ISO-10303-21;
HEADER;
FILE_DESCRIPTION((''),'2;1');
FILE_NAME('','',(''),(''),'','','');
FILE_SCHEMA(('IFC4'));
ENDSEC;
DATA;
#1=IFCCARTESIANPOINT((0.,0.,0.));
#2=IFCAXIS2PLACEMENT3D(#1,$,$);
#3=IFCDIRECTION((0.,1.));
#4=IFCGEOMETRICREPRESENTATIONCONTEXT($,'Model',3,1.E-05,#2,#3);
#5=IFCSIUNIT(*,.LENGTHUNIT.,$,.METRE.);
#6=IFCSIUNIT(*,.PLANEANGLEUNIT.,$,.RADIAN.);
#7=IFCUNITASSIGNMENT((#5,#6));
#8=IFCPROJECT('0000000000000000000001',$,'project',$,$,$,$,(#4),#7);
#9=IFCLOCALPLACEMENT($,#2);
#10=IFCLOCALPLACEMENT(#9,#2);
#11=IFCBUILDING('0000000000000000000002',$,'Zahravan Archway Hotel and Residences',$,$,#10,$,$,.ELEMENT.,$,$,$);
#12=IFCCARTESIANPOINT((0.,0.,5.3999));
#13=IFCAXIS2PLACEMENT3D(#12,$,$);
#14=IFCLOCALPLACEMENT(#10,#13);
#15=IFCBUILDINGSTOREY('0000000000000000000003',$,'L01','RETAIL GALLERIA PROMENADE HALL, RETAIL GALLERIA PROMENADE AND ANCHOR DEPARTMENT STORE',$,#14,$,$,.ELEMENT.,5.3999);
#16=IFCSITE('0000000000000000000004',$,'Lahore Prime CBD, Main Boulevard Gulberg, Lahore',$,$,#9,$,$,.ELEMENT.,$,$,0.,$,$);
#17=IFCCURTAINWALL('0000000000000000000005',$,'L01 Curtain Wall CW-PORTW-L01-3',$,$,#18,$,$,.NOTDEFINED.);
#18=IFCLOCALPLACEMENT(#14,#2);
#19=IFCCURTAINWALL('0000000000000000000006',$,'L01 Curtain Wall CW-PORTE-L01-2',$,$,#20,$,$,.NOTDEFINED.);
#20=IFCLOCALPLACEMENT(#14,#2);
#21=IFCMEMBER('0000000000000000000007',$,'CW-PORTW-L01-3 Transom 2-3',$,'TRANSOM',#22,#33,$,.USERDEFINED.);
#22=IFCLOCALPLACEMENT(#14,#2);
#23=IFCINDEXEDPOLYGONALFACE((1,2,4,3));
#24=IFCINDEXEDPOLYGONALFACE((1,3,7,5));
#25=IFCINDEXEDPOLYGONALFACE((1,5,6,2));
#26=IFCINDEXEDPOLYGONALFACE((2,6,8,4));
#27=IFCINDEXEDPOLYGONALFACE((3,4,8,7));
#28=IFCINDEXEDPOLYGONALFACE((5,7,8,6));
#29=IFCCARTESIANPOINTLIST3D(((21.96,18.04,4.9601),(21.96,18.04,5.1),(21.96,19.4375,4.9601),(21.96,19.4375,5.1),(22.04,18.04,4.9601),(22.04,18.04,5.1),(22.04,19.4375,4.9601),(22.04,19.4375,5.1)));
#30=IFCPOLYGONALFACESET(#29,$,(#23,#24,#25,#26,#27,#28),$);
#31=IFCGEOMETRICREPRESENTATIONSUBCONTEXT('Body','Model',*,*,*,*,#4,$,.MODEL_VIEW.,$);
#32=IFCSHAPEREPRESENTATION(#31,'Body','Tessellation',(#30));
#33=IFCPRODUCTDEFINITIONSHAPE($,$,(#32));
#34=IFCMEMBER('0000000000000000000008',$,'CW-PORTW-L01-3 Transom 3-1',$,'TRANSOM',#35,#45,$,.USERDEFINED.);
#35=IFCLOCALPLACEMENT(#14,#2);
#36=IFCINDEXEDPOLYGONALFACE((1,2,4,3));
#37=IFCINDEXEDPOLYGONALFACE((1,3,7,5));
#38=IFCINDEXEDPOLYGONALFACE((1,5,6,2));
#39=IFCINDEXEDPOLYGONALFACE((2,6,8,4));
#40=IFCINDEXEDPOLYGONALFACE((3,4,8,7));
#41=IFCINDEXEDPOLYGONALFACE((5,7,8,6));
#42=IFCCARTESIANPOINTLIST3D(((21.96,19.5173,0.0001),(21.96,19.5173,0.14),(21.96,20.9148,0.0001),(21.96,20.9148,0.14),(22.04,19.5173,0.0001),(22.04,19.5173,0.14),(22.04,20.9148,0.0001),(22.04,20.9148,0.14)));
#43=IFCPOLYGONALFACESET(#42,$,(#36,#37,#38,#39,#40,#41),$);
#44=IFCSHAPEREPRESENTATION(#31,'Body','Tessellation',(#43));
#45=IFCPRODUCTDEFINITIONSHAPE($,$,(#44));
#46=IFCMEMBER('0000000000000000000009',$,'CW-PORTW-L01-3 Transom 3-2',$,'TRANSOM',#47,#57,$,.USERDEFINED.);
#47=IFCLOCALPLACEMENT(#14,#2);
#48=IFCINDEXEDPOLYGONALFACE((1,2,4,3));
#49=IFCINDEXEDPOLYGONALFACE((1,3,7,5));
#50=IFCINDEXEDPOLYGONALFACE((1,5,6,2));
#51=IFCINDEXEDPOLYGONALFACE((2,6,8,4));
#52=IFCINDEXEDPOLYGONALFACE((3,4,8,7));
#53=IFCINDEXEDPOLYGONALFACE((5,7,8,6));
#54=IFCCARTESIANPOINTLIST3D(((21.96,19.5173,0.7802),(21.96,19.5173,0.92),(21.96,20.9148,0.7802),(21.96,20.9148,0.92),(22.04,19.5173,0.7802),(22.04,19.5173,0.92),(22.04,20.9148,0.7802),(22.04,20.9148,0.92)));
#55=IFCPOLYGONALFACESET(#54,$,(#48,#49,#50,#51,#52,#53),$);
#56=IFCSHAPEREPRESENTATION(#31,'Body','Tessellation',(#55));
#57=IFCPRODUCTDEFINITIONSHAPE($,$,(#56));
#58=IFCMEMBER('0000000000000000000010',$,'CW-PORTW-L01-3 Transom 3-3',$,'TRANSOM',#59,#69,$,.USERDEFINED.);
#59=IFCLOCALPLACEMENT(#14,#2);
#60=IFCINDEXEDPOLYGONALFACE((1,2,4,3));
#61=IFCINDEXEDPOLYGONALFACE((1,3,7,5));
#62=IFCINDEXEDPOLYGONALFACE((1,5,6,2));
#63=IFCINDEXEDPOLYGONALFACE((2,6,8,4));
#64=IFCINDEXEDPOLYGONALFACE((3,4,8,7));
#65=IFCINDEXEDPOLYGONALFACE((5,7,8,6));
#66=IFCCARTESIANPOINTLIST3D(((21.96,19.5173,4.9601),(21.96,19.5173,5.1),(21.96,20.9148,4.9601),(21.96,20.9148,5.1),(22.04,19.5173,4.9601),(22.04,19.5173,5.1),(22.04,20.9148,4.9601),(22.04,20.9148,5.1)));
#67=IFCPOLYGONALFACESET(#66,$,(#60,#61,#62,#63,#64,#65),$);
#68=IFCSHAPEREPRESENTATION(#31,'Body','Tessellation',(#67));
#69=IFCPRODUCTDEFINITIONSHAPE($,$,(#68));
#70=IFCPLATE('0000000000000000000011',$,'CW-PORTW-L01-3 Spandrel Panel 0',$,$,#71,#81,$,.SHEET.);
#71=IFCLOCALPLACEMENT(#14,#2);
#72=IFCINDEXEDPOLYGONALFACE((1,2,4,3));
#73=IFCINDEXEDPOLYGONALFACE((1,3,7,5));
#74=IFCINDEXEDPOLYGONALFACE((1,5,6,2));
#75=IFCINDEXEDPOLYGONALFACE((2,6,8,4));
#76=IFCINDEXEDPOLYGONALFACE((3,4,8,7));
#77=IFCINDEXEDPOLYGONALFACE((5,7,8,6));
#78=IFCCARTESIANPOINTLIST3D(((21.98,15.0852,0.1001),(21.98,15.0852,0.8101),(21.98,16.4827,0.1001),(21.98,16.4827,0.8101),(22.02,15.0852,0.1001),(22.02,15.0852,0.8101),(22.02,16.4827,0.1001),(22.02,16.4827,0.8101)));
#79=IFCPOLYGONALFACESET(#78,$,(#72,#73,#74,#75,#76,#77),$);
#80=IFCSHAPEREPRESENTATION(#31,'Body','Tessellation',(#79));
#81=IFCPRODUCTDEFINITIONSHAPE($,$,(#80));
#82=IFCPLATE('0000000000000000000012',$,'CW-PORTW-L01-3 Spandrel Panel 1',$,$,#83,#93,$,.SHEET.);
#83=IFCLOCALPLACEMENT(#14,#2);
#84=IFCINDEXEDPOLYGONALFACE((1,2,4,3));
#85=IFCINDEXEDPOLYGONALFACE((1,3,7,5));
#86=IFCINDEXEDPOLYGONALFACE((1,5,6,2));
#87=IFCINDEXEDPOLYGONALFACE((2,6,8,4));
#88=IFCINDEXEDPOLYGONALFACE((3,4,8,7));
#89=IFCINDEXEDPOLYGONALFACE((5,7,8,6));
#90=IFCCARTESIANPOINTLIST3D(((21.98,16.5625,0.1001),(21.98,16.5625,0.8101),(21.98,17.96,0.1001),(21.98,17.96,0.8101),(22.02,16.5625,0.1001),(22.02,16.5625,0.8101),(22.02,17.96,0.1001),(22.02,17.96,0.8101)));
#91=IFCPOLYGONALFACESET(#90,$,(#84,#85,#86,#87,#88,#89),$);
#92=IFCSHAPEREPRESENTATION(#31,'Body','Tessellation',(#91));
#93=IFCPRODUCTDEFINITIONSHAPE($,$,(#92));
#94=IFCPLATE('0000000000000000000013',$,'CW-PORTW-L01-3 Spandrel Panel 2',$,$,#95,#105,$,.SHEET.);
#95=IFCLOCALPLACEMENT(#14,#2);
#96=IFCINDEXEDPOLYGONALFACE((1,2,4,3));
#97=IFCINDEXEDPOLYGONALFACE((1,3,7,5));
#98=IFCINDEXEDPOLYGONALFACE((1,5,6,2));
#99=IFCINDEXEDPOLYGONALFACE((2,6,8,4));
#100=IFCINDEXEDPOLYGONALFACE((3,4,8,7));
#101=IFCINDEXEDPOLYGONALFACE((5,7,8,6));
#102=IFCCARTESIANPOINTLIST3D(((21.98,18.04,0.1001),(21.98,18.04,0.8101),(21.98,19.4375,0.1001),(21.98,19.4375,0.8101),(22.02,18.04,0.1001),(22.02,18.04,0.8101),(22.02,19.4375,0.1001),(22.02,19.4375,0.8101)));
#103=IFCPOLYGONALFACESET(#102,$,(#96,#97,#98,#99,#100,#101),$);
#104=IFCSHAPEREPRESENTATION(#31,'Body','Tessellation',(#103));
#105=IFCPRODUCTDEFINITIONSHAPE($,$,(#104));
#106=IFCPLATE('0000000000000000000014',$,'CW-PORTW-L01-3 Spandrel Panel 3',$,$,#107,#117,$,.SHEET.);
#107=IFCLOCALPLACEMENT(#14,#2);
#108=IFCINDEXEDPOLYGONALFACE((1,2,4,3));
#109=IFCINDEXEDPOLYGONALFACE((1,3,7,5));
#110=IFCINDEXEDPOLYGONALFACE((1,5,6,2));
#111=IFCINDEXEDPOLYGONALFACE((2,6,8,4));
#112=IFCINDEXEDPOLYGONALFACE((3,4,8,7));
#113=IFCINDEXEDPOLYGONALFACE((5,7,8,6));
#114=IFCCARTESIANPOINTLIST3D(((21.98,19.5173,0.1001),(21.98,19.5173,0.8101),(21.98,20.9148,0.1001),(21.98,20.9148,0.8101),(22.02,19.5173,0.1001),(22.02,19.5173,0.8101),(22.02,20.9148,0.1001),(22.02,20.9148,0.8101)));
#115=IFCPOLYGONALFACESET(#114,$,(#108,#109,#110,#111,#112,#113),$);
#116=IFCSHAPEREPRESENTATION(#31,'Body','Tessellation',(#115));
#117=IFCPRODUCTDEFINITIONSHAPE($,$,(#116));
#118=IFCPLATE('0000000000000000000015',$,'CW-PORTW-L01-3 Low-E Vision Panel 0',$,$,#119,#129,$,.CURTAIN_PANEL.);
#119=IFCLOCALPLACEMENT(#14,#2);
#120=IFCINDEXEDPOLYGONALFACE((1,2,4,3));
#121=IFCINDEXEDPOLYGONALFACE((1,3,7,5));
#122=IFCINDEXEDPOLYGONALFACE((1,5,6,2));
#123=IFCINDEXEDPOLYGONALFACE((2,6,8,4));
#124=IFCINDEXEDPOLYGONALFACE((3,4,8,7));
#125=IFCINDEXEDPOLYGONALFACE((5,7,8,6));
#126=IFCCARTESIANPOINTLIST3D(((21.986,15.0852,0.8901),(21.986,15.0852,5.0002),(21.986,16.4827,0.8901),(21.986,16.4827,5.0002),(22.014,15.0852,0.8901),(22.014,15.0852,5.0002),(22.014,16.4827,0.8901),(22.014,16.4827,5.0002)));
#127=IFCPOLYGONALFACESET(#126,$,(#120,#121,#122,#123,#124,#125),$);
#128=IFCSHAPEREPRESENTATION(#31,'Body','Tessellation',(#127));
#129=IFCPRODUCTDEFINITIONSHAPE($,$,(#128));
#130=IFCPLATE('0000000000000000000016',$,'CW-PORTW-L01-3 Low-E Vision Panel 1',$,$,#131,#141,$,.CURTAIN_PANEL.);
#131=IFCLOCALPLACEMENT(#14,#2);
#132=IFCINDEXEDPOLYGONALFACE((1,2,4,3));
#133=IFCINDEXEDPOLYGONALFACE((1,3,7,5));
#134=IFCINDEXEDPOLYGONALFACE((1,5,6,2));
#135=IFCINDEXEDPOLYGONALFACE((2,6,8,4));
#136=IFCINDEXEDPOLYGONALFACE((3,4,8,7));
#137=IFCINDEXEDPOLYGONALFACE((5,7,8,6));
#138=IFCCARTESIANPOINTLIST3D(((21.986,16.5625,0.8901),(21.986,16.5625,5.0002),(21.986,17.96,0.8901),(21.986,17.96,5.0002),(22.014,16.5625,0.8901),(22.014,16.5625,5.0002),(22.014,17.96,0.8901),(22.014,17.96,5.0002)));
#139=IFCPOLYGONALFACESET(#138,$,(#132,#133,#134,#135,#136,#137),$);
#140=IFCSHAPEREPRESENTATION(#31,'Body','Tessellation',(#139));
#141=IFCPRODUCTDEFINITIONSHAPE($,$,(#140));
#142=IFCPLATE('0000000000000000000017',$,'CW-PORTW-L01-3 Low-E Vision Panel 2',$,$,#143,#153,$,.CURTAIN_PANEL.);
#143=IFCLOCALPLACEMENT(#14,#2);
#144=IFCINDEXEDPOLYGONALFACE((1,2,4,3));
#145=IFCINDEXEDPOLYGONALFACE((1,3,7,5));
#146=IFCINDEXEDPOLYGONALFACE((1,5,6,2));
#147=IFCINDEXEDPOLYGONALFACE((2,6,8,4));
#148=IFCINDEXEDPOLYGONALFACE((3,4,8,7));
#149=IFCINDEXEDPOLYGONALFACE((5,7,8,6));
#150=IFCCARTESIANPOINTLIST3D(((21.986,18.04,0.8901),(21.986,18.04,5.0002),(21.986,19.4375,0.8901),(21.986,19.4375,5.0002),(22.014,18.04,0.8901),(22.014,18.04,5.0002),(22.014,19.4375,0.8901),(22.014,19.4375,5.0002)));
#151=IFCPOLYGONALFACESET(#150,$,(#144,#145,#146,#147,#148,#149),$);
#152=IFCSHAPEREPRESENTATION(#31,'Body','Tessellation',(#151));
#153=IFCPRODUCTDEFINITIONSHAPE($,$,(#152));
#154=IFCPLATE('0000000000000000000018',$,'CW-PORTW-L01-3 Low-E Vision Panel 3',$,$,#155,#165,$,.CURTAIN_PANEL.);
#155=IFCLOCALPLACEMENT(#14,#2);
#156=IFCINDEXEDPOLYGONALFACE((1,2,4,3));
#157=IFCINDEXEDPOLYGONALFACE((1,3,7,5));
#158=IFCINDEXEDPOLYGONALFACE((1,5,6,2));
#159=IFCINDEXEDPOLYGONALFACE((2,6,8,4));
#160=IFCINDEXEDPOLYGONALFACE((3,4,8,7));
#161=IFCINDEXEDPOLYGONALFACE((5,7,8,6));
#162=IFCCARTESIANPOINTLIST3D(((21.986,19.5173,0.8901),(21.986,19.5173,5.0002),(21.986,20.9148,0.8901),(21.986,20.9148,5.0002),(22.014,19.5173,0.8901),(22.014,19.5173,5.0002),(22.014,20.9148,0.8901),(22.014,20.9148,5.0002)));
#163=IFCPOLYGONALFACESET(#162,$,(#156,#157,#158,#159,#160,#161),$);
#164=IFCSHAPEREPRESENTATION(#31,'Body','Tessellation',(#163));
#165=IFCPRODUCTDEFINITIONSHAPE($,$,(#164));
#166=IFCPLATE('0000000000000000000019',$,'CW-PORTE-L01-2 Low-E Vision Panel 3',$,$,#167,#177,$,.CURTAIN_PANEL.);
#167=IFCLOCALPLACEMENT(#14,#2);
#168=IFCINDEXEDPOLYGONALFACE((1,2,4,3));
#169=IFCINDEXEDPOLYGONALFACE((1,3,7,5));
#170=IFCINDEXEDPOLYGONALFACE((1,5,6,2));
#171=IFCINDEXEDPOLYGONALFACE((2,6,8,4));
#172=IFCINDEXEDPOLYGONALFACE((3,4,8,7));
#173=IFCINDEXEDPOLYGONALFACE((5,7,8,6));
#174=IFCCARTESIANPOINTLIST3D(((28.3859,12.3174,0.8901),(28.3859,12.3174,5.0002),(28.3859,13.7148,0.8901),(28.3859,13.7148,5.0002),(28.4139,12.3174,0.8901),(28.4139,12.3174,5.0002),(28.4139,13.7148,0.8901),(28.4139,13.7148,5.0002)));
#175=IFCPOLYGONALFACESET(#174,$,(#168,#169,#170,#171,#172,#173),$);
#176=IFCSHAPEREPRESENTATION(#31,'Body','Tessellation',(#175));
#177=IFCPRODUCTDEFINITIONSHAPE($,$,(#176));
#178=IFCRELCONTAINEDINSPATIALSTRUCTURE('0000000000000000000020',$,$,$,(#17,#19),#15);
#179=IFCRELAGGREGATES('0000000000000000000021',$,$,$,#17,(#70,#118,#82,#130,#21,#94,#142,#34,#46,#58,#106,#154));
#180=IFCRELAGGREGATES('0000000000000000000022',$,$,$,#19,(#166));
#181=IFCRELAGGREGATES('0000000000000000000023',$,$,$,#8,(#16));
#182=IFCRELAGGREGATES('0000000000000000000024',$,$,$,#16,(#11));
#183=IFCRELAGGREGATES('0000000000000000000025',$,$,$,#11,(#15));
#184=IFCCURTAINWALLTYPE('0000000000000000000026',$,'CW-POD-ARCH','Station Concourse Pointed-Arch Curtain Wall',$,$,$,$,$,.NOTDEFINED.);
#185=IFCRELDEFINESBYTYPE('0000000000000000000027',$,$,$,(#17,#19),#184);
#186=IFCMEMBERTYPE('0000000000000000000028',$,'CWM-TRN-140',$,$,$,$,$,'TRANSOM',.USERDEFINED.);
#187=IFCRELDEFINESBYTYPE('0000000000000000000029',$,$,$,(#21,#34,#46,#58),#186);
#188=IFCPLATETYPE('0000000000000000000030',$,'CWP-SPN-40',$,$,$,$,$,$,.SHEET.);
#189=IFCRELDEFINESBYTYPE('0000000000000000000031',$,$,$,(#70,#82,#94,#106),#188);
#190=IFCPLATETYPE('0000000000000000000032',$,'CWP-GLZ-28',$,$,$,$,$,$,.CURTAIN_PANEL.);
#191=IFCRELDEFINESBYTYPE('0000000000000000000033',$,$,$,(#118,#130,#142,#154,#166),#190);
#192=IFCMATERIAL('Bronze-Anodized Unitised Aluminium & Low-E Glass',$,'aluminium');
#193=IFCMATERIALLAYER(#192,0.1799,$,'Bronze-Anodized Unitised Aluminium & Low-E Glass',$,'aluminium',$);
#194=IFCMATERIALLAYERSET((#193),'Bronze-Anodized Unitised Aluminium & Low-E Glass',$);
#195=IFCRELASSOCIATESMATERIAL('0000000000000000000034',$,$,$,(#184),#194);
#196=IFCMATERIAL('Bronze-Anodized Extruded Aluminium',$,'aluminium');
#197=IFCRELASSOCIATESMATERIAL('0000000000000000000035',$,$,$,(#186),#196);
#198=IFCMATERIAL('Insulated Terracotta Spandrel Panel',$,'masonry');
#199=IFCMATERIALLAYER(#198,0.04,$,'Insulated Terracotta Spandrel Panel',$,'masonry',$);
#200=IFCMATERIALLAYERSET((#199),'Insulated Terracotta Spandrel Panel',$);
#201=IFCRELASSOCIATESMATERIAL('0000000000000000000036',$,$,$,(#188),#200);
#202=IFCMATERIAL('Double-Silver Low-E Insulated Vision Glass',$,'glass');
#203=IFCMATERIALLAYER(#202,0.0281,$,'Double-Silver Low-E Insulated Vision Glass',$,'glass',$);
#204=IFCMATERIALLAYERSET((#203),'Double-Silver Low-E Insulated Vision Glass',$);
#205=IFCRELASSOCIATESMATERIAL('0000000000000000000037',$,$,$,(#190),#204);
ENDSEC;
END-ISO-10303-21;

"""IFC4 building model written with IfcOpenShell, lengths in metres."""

from ifc_helpers import new_model, si_unit, direction, frame, origin, origin_2d, place, context, subcontext, project, spatial, rectangle, extrude, source, transform, mapped, material, layer, layer_set, material_profile, profile_set, type_object, element, aggregate, save


model = new_model("IFC4")

# Units and contexts
model_context = context("Model", 3, precision=1e-05, world=origin(), true_north=direction((0.0, 1.0)))
body_context = subcontext(model_context, "Body", "Model", "MODEL_VIEW")
ifc_project = project(units=[si_unit("LENGTHUNIT", "METRE"), si_unit("PLANEANGLEUNIT", "RADIAN")], contexts=[model_context])

# Site, building, storey
site_placement = place(None, origin())
site = spatial("IfcSite", under=ifc_project, at=site_placement, Name="Lahore Prime CBD, Main Boulevard Gulberg, Lahore", CompositionType="ELEMENT", RefElevation=0.0)
building_placement = place(site_placement, origin())
building = spatial("IfcBuilding", under=site, at=building_placement, Name="Zahravan Archway Hotel and Residences", CompositionType="ELEMENT")
storey_placement = place(building_placement, frame((0.0, 0.0, 5.3999)))
storey = spatial("IfcBuildingStorey", under=building, at=storey_placement, Name="L01", Description="RETAIL GALLERIA PROMENADE HALL, RETAIL GALLERIA PROMENADE AND ANCHOR DEPARTMENT STORE", CompositionType="ELEMENT", Elevation=5.3999)

# Shared definitions
ifc_material_1 = material(Name="Bronze-Anodized Unitised Aluminium & Low-E Glass", Category="aluminium")
ifc_layer_1 = layer(ifc_material_1, 0.1799, Name="Bronze-Anodized Unitised Aluminium & Low-E Glass", Category="aluminium")
ifc_layer_set_1 = layer_set([ifc_layer_1], Name="Bronze-Anodized Unitised Aluminium & Low-E Glass")
curtain_wall_type = type_object("IfcCurtainWallType", Name="CW-POD-ARCH", Description="Station Concourse Pointed-Arch Curtain Wall", PredefinedType="NOTDEFINED", material=ifc_layer_set_1)
ifc_material_2 = material(Name="Bronze-Anodized Extruded Aluminium", Category="aluminium")

# Curtain wall
curtain_wall_1_placement = place(storey_placement, origin())
curtain_wall_1 = element("IfcCurtainWall", 1, at=curtain_wall_1_placement, inside=storey, type_object=curtain_wall_type, Name="L01 Curtain Wall CW-PORTW-L01-3", PredefinedType="NOTDEFINED")

# Curtain wall
curtain_wall_2_placement = place(storey_placement, origin())
curtain_wall_2 = element("IfcCurtainWall", 2, at=curtain_wall_2_placement, inside=storey, type_object=curtain_wall_type, Name="L01 Curtain Wall CW-PORTE-L01-2", PredefinedType="NOTDEFINED")

# Members
ifc_material_profile_1 = material_profile(ifc_material_2, rectangle(XDim=0.0801, YDim=0.1399, at=origin_2d()), Name="TRN 80x140", Category="aluminium")
ifc_profile_set_1 = profile_set([ifc_material_profile_1], Name="Bronze-Anodized Extruded Aluminium")
member_type_1 = type_object("IfcMemberType", Name="CWM-TRN-140", ElementType="TRANSOM", PredefinedType="USERDEFINED", material=ifc_profile_set_1)
shared_shape_1 = source(origin(), body_context, "Body", "SweptSolid", [
    extrude(rectangle(XDim=0.0801, YDim=0.1399, at=origin_2d()), origin(), (0.0, 0.0, 1.0), 1.3975),
])
member_1_placement = place(storey_placement, frame((22.0, 18.04, 5.03), z_axis=(0.0, 1.0, 0.0), x_axis=(-1.0, 0.0, 0.0)))
member_1 = element("IfcMember", 3, at=member_1_placement, type_object=member_type_1, Name="CW-PORTW-L01-3 Transom 2-3", ObjectType="TRANSOM", PredefinedType="USERDEFINED", context=body_context, shape_type="MappedRepresentation", body=[
    mapped(shared_shape_1, transform((0.0, 0.0, 0.0), scale=1.0)),
])
member_2_placement = place(storey_placement, frame((22.0, 19.5173, 0.0701), z_axis=(0.0, 1.0, 0.0), x_axis=(-1.0, 0.0, 0.0)))
member_2 = element("IfcMember", 4, at=member_2_placement, type_object=member_type_1, Name="CW-PORTW-L01-3 Transom 3-1", ObjectType="TRANSOM", PredefinedType="USERDEFINED", context=body_context, shape_type="MappedRepresentation", body=[
    mapped(shared_shape_1, transform((0.0, 0.0, 0.0), scale=1.0)),
])
member_3_placement = place(storey_placement, frame((22.0, 19.5173, 0.8501), z_axis=(0.0, 1.0, 0.0), x_axis=(-1.0, 0.0, 0.0)))
member_3 = element("IfcMember", 5, at=member_3_placement, type_object=member_type_1, Name="CW-PORTW-L01-3 Transom 3-2", ObjectType="TRANSOM", PredefinedType="USERDEFINED", context=body_context, shape_type="MappedRepresentation", body=[
    mapped(shared_shape_1, transform((0.0, 0.0, 0.0), scale=1.0)),
])
member_4_placement = place(storey_placement, frame((22.0, 19.5173, 5.03), z_axis=(0.0, 1.0, 0.0), x_axis=(-1.0, 0.0, 0.0)))
member_4 = element("IfcMember", 6, at=member_4_placement, type_object=member_type_1, Name="CW-PORTW-L01-3 Transom 3-3", ObjectType="TRANSOM", PredefinedType="USERDEFINED", context=body_context, shape_type="MappedRepresentation", body=[
    mapped(shared_shape_1, transform((0.0, 0.0, 0.0), scale=1.0)),
])

# Plates
ifc_material_3 = material(Name="Insulated Terracotta Spandrel Panel", Category="masonry")
ifc_layer_2 = layer(ifc_material_3, 0.04, Name="Insulated Terracotta Spandrel Panel", Category="masonry")
ifc_layer_set_2 = layer_set([ifc_layer_2], Name="Insulated Terracotta Spandrel Panel")
plate_type_1 = type_object("IfcPlateType", Name="CWP-SPN-40", PredefinedType="SHEET", material=ifc_layer_set_2)
shared_shape_2 = source(origin(), body_context, "Body", "SweptSolid", [
    extrude(rectangle(XDim=1.3975, YDim=0.04, at=origin_2d()), origin(), (0.0, 0.0, 1.0), 0.71),
])
plate_1_placement = place(storey_placement, frame((22.0, 15.7839, 0.1001), z_axis=(0.0, 0.0, 1.0), x_axis=(0.0, 1.0, 0.0)))
plate_1 = element("IfcPlate", 7, at=plate_1_placement, type_object=plate_type_1, Name="CW-PORTW-L01-3 Spandrel Panel 0", PredefinedType="SHEET", context=body_context, shape_type="MappedRepresentation", body=[
    mapped(shared_shape_2, transform((0.0, 0.0, 0.0), scale=1.0)),
])
plate_2_placement = place(storey_placement, frame((22.0, 17.2612, 0.1001), z_axis=(0.0, 0.0, 1.0), x_axis=(0.0, 1.0, 0.0)))
plate_2 = element("IfcPlate", 8, at=plate_2_placement, type_object=plate_type_1, Name="CW-PORTW-L01-3 Spandrel Panel 1", PredefinedType="SHEET", context=body_context, shape_type="MappedRepresentation", body=[
    mapped(shared_shape_2, transform((0.0, 0.0, 0.0), scale=1.0)),
])
plate_3_placement = place(storey_placement, frame((22.0, 18.7388, 0.1001), z_axis=(0.0, 0.0, 1.0), x_axis=(0.0, 1.0, 0.0)))
plate_3 = element("IfcPlate", 9, at=plate_3_placement, type_object=plate_type_1, Name="CW-PORTW-L01-3 Spandrel Panel 2", PredefinedType="SHEET", context=body_context, shape_type="MappedRepresentation", body=[
    mapped(shared_shape_2, transform((0.0, 0.0, 0.0), scale=1.0)),
])
plate_4_placement = place(storey_placement, frame((22.0, 20.2161, 0.1001), z_axis=(0.0, 0.0, 1.0), x_axis=(0.0, 1.0, 0.0)))
plate_4 = element("IfcPlate", 10, at=plate_4_placement, type_object=plate_type_1, Name="CW-PORTW-L01-3 Spandrel Panel 3", PredefinedType="SHEET", context=body_context, shape_type="MappedRepresentation", body=[
    mapped(shared_shape_2, transform((0.0, 0.0, 0.0), scale=1.0)),
])
ifc_material_4 = material(Name="Double-Silver Low-E Insulated Vision Glass", Category="glass")
ifc_layer_3 = layer(ifc_material_4, 0.0281, Name="Double-Silver Low-E Insulated Vision Glass", Category="glass")
ifc_layer_set_3 = layer_set([ifc_layer_3], Name="Double-Silver Low-E Insulated Vision Glass")
plate_type_2 = type_object("IfcPlateType", Name="CWP-GLZ-28", PredefinedType="CURTAIN_PANEL", material=ifc_layer_set_3)
shared_shape_3 = source(origin(), body_context, "Body", "SweptSolid", [
    extrude(rectangle(XDim=1.3975, YDim=0.0281, at=origin_2d()), origin(), (0.0, 0.0, 1.0), 4.1101),
])
plate_5_placement = place(storey_placement, frame((22.0, 15.7839, 0.8901), z_axis=(0.0, 0.0, 1.0), x_axis=(0.0, 1.0, 0.0)))
plate_5 = element("IfcPlate", 11, at=plate_5_placement, type_object=plate_type_2, Name="CW-PORTW-L01-3 Low-E Vision Panel 0", PredefinedType="CURTAIN_PANEL", context=body_context, shape_type="MappedRepresentation", body=[
    mapped(shared_shape_3, transform((0.0, 0.0, 0.0), scale=1.0)),
])
plate_6_placement = place(storey_placement, frame((22.0, 17.2612, 0.8901), z_axis=(0.0, 0.0, 1.0), x_axis=(0.0, 1.0, 0.0)))
plate_6 = element("IfcPlate", 12, at=plate_6_placement, type_object=plate_type_2, Name="CW-PORTW-L01-3 Low-E Vision Panel 1", PredefinedType="CURTAIN_PANEL", context=body_context, shape_type="MappedRepresentation", body=[
    mapped(shared_shape_3, transform((0.0, 0.0, 0.0), scale=1.0)),
])
plate_7_placement = place(storey_placement, frame((22.0, 18.7388, 0.8901), z_axis=(0.0, 0.0, 1.0), x_axis=(0.0, 1.0, 0.0)))
plate_7 = element("IfcPlate", 13, at=plate_7_placement, type_object=plate_type_2, Name="CW-PORTW-L01-3 Low-E Vision Panel 2", PredefinedType="CURTAIN_PANEL", context=body_context, shape_type="MappedRepresentation", body=[
    mapped(shared_shape_3, transform((0.0, 0.0, 0.0), scale=1.0)),
])
plate_8_placement = place(storey_placement, frame((22.0, 20.2161, 0.8901), z_axis=(0.0, 0.0, 1.0), x_axis=(0.0, 1.0, 0.0)))
plate_8 = element("IfcPlate", 14, at=plate_8_placement, type_object=plate_type_2, Name="CW-PORTW-L01-3 Low-E Vision Panel 3", PredefinedType="CURTAIN_PANEL", context=body_context, shape_type="MappedRepresentation", body=[
    mapped(shared_shape_3, transform((0.0, 0.0, 0.0), scale=1.0)),
])
aggregate(curtain_wall_1, [plate_1, plate_5, plate_2, plate_6, member_1, plate_3, plate_7, member_2, member_3, member_4, plate_4, plate_8])
plate_9_placement = place(storey_placement, frame((28.3999, 13.0161, 0.8901), z_axis=(0.0, 0.0, 1.0), x_axis=(0.0, 1.0, 0.0)))
plate_9 = element("IfcPlate", 15, at=plate_9_placement, type_object=plate_type_2, Name="CW-PORTE-L01-2 Low-E Vision Panel 3", PredefinedType="CURTAIN_PANEL", context=body_context, shape_type="MappedRepresentation", body=[
    mapped(shared_shape_3, transform((0.0, 0.0, 0.0), scale=1.0)),
])
aggregate(curtain_wall_2, [plate_9])

save(model, "model.ifc")
